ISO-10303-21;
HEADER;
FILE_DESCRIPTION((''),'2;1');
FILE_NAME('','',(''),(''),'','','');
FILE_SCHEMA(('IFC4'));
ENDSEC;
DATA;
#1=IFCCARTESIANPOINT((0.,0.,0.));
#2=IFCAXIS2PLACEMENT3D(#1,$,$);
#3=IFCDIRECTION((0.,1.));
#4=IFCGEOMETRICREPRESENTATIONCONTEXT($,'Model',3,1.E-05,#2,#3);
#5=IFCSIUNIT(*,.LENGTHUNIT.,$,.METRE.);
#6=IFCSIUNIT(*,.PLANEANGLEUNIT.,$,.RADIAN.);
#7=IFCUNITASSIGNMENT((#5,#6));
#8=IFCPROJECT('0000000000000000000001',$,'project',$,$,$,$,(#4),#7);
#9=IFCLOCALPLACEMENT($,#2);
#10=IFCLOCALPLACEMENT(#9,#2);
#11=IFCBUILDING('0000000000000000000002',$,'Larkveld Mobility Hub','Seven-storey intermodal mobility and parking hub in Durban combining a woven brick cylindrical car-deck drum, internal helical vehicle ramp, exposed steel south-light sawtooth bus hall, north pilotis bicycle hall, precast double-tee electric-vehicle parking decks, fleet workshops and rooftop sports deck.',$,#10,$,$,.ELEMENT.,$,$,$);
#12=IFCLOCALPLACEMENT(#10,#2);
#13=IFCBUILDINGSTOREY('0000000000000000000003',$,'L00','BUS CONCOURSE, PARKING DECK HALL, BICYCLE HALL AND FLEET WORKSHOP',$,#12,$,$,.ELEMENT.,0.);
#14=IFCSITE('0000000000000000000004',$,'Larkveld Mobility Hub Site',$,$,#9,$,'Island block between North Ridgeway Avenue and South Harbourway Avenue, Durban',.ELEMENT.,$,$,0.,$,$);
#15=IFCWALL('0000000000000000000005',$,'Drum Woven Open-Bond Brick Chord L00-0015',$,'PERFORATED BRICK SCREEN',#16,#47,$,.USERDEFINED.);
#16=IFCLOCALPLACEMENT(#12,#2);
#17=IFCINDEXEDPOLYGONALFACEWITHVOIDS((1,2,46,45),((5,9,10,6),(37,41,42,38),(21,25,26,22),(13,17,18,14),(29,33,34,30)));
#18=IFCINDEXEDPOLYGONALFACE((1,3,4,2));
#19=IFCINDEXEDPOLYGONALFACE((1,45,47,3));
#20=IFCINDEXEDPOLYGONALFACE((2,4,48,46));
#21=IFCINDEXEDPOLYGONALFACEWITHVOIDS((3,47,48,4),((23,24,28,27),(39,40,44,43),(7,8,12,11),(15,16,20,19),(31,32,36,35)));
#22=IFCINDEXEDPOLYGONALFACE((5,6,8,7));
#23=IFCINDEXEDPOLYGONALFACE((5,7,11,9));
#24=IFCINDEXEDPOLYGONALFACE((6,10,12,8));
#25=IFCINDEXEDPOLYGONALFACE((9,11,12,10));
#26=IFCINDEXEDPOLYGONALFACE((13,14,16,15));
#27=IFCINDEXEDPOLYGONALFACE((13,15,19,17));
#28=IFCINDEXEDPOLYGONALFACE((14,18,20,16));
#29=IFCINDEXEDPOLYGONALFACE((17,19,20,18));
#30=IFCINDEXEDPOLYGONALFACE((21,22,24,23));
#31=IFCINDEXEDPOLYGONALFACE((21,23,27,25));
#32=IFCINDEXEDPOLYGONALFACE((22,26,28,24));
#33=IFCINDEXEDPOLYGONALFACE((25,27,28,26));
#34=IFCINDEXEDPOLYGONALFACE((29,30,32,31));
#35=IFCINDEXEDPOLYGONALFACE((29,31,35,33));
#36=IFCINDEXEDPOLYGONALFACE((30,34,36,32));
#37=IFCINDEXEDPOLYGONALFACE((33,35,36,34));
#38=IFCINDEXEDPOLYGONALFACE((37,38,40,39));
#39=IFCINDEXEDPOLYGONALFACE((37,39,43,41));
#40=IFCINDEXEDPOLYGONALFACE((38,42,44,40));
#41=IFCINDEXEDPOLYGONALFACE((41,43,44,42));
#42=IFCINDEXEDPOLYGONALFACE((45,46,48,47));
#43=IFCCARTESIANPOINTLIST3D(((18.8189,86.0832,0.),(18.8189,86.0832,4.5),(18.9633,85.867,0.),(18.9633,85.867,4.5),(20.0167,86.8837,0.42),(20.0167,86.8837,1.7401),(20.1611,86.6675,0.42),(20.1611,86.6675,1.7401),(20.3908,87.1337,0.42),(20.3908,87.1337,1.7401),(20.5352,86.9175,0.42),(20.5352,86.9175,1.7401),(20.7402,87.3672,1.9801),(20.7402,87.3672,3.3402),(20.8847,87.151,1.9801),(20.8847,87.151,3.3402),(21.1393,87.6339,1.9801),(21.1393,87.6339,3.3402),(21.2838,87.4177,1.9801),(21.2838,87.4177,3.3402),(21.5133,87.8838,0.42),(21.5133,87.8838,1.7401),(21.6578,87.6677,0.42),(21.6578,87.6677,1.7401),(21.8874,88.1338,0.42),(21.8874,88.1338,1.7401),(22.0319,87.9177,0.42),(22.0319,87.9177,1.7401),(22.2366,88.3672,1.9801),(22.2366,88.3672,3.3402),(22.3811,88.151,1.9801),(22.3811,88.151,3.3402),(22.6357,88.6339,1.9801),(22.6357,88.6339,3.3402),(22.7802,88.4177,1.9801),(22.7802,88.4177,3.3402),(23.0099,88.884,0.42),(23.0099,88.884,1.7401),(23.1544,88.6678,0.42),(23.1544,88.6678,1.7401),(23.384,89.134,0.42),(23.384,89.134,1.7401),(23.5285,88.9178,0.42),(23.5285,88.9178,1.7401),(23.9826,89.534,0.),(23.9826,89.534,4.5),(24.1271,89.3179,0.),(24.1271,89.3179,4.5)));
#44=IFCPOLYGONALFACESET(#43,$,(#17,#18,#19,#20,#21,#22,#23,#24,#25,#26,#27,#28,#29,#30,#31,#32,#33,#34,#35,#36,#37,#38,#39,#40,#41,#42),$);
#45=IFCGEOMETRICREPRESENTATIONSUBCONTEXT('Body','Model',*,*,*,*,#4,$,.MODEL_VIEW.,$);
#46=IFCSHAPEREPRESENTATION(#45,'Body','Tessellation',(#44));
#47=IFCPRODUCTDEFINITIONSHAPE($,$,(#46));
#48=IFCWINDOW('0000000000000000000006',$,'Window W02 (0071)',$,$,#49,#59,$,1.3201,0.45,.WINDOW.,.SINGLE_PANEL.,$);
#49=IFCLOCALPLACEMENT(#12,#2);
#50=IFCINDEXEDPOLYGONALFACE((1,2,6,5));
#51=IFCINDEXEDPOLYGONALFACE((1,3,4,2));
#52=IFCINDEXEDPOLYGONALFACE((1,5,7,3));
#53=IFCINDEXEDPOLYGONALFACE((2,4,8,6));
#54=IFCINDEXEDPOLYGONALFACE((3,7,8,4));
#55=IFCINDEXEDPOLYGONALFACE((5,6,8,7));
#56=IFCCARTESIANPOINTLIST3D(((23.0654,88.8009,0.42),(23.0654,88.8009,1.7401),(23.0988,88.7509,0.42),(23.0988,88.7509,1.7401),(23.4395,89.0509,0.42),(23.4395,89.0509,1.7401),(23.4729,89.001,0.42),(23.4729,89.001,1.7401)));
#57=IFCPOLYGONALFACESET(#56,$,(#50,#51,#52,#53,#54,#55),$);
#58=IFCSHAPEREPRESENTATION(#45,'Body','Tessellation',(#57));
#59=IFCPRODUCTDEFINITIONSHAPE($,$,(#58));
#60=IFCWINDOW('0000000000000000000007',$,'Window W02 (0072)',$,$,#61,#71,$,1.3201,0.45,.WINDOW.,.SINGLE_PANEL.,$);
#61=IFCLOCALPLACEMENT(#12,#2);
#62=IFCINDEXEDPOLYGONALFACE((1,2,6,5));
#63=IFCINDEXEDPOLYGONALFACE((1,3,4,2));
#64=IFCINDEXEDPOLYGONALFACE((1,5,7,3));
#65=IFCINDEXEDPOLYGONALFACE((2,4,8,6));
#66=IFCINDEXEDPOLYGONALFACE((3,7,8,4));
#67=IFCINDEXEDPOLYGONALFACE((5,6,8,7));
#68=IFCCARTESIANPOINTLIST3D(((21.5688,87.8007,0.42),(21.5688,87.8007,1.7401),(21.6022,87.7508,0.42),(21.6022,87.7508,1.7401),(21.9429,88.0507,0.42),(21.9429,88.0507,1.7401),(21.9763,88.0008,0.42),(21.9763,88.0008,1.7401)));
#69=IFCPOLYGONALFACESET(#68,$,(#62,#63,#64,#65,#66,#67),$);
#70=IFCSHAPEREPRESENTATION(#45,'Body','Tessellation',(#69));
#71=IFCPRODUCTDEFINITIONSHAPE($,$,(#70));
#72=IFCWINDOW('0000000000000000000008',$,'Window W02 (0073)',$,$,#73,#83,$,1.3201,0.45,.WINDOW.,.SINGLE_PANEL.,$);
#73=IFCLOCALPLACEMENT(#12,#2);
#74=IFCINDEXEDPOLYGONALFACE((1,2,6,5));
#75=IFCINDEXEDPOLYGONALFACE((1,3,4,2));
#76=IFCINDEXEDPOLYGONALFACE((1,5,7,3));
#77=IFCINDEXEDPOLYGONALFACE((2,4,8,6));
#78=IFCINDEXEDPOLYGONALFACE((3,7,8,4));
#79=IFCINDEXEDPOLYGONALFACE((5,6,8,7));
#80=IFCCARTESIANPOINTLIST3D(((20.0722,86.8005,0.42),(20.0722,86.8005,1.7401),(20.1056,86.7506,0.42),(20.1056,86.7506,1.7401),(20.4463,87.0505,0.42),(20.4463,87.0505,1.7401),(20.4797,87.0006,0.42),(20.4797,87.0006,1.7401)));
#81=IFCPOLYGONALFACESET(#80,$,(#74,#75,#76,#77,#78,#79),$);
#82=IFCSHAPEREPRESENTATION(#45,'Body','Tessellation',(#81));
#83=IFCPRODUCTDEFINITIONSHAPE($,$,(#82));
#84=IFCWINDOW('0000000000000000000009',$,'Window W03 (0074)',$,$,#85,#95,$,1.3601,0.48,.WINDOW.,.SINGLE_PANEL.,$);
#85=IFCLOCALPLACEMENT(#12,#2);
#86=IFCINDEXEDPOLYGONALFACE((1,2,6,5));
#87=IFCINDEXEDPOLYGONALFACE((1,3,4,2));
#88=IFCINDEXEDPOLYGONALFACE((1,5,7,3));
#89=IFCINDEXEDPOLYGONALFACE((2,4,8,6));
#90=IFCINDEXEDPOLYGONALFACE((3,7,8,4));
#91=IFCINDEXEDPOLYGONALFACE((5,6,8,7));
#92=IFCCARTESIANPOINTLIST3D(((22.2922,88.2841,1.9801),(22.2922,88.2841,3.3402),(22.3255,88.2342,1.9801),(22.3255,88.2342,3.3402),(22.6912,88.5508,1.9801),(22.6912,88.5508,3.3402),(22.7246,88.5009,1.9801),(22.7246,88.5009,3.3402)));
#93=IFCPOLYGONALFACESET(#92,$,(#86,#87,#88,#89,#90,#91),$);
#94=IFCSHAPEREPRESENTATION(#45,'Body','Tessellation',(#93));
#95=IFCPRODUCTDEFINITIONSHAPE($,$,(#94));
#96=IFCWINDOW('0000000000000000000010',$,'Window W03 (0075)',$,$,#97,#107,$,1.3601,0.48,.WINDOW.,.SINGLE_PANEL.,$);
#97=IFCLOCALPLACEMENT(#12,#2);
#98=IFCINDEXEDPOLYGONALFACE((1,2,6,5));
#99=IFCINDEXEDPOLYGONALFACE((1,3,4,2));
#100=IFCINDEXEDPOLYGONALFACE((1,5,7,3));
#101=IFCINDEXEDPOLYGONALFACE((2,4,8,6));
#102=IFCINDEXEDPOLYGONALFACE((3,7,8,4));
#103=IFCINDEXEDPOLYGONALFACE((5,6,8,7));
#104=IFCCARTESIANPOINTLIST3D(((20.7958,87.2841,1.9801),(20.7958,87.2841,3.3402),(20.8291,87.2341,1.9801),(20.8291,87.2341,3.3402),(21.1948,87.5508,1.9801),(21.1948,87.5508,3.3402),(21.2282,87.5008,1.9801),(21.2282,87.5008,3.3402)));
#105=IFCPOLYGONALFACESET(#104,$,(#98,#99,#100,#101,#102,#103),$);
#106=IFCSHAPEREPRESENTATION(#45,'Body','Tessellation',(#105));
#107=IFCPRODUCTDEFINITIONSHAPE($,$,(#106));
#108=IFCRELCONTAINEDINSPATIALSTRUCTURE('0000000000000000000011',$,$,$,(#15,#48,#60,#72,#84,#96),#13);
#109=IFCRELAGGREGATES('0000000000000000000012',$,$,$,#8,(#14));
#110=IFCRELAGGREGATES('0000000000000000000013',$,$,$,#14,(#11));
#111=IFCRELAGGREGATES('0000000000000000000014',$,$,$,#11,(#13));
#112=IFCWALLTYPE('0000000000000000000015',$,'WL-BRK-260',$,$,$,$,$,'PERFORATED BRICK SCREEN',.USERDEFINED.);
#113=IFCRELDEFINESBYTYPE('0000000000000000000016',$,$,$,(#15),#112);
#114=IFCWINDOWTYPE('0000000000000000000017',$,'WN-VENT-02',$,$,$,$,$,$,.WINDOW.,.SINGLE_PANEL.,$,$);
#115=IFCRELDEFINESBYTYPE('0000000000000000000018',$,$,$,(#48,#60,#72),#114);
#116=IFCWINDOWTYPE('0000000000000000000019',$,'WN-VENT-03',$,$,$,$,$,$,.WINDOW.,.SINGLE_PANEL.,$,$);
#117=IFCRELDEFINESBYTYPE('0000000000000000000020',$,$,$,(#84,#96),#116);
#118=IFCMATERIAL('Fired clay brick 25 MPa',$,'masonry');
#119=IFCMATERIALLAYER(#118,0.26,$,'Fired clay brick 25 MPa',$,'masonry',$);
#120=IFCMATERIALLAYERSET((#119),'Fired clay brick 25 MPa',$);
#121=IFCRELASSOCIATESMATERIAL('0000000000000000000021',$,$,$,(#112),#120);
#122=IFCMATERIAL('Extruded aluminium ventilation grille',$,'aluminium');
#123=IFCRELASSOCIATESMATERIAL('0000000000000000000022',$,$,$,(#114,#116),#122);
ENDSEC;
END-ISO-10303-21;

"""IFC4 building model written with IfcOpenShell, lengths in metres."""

from ifc_helpers import new_model, si_unit, direction, frame, frame_2d, origin, place, context, subcontext, project, spatial, rectangle, extrude, material, layer, layer_set, type_object, element, fill, save


model = new_model("IFC4")

# Units and contexts
model_context = context("Model", 3, precision=1e-05, world=origin(), true_north=direction((0.0, 1.0)))
body_context = subcontext(model_context, "Body", "Model", "MODEL_VIEW")
ifc_project = project(units=[si_unit("LENGTHUNIT", "METRE"), si_unit("PLANEANGLEUNIT", "RADIAN")], contexts=[model_context])

# Site, building, storey
site_placement = place(None, origin())
site = spatial("IfcSite", under=ifc_project, at=site_placement, Name="Larkveld Mobility Hub Site", LongName="Island block between North Ridgeway Avenue and South Harbourway Avenue, Durban", CompositionType="ELEMENT", RefElevation=0.0)
building_placement = place(site_placement, origin())
building = spatial("IfcBuilding", under=site, at=building_placement, Name="Larkveld Mobility Hub", Description="Seven-storey intermodal mobility and parking hub in Durban combining a woven brick cylindrical car-deck drum, internal helical vehicle ramp, exposed steel south-light sawtooth bus hall, north pilotis bicycle hall, precast double-tee electric-vehicle parking decks, fleet workshops and rooftop sports deck.", CompositionType="ELEMENT")
storey_placement = place(building_placement, origin())
storey = spatial("IfcBuildingStorey", under=building, at=storey_placement, Name="L00", Description="BUS CONCOURSE, PARKING DECK HALL, BICYCLE HALL AND FLEET WORKSHOP", CompositionType="ELEMENT", Elevation=0.0)

# Wall, openings, windows
ifc_material_1 = material(Name="Fired clay brick 25 MPa", Category="masonry")
ifc_layer_1 = layer(ifc_material_1, 0.26, Name="Fired clay brick 25 MPa", Category="masonry")
ifc_layer_set_1 = layer_set([ifc_layer_1], Name="Fired clay brick 25 MPa")
wall_type_1 = type_object("IfcWallType", Name="WL-BRK-260", ElementType="PERFORATED BRICK SCREEN", PredefinedType="USERDEFINED", material=ifc_layer_set_1)
wall_1_placement = place(storey_placement, frame((24.0549, 89.426, 0.0), z_axis=(0.0, 0.0, 1.0), x_axis=(-0.831427, -0.555634, 0.0)))
wall_1 = element("IfcWall", 1, at=wall_1_placement, inside=storey, type_object=wall_type_1, Name="Drum Woven Open-Bond Brick Chord L00-0015", ObjectType="PERFORATED BRICK SCREEN", PredefinedType="USERDEFINED", context=body_context, shape_type="SweptSolid", body=[
    extrude(rectangle(XDim=6.2107, YDim=0.26, at=frame_2d((3.1055, 0.0))), origin(), (0.0, 0.0, 1.0), 4.5),
])
opening_1_placement = place(wall_1_placement, frame((0.72, 0.0, 0.4199)))
opening_1 = element("IfcOpeningElement", 2, at=opening_1_placement, cuts=wall_1, PredefinedType="OPENING", context=body_context, shape_type="SweptSolid", body=[
    extrude(rectangle(XDim=0.45, YDim=1.3201, at=frame_2d((0.2251, 0.6602))), frame((0.0, 0.1401, 0.0), z_axis=(0.0, -1.0, 0.0), x_axis=(1.0, 0.0, 0.0)), (0.0, 0.0, 1.0), 0.28),
])
opening_2_placement = place(wall_1_placement, frame((2.52, 0.0, 0.4199)))
opening_2 = element("IfcOpeningElement", 3, at=opening_2_placement, cuts=wall_1, PredefinedType="OPENING", context=body_context, shape_type="SweptSolid", body=[
    extrude(rectangle(XDim=0.45, YDim=1.3201, at=frame_2d((0.2251, 0.6602))), frame((0.0, 0.1401, 0.0), z_axis=(0.0, -1.0, 0.0), x_axis=(1.0, 0.0, 0.0)), (0.0, 0.0, 1.0), 0.28),
])
opening_3_placement = place(wall_1_placement, frame((4.3201, 0.0, 0.4199)))
opening_3 = element("IfcOpeningElement", 4, at=opening_3_placement, cuts=wall_1, PredefinedType="OPENING", context=body_context, shape_type="SweptSolid", body=[
    extrude(rectangle(XDim=0.45, YDim=1.3201, at=frame_2d((0.2251, 0.6602))), frame((0.0, 0.1401, 0.0), z_axis=(0.0, -1.0, 0.0), x_axis=(1.0, 0.0, 0.0)), (0.0, 0.0, 1.0), 0.28),
])
opening_4_placement = place(wall_1_placement, frame((1.6201, 0.0, 1.98)))
opening_4 = element("IfcOpeningElement", 5, at=opening_4_placement, cuts=wall_1, PredefinedType="OPENING", context=body_context, shape_type="SweptSolid", body=[
    extrude(rectangle(XDim=0.48, YDim=1.3601, at=frame_2d((0.24, 0.6802))), frame((0.0, 0.1401, 0.0), z_axis=(0.0, -1.0, 0.0), x_axis=(1.0, 0.0, 0.0)), (0.0, 0.0, 1.0), 0.28),
])
opening_5_placement = place(wall_1_placement, frame((3.4199, 0.0, 1.98)))
opening_5 = element("IfcOpeningElement", 6, at=opening_5_placement, cuts=wall_1, PredefinedType="OPENING", context=body_context, shape_type="SweptSolid", body=[
    extrude(rectangle(XDim=0.48, YDim=1.3601, at=frame_2d((0.24, 0.6802))), frame((0.0, 0.1401, 0.0), z_axis=(0.0, -1.0, 0.0), x_axis=(1.0, 0.0, 0.0)), (0.0, 0.0, 1.0), 0.28),
])
ifc_material_2 = material(Name="Extruded aluminium ventilation grille", Category="aluminium")
window_type_1 = type_object("IfcWindowType", Name="WN-VENT-02", PartitioningType="SINGLE_PANEL", PredefinedType="WINDOW", material=ifc_material_2)
window_1_placement = place(opening_1_placement, origin())
window_1 = element("IfcWindow", 7, at=window_1_placement, inside=storey, type_object=window_type_1, Name="Window W02 (0071)", OverallHeight=1.3201, OverallWidth=0.45, PartitioningType="SINGLE_PANEL", PredefinedType="WINDOW", context=body_context, shape_type="SweptSolid", body=[
    extrude(rectangle(XDim=0.45, YDim=1.3201, at=frame_2d((0.2251, 0.6602))), frame((0.0, 0.03, 0.0), z_axis=(0.0, -1.0, 0.0), x_axis=(1.0, 0.0, 0.0)), (0.0, 0.0, 1.0), 0.0601),
])
fill(opening_1, window_1)
window_2_placement = place(opening_2_placement, origin())
window_2 = element("IfcWindow", 8, at=window_2_placement, inside=storey, type_object=window_type_1, Name="Window W02 (0072)", OverallHeight=1.3201, OverallWidth=0.45, PartitioningType="SINGLE_PANEL", PredefinedType="WINDOW", context=body_context, shape_type="SweptSolid", body=[
    extrude(rectangle(XDim=0.45, YDim=1.3201, at=frame_2d((0.2251, 0.6602))), frame((0.0, 0.03, 0.0), z_axis=(0.0, -1.0, 0.0), x_axis=(1.0, 0.0, 0.0)), (0.0, 0.0, 1.0), 0.0601),
])
fill(opening_2, window_2)
window_3_placement = place(opening_3_placement, origin())
window_3 = element("IfcWindow", 9, at=window_3_placement, inside=storey, type_object=window_type_1, Name="Window W02 (0073)", OverallHeight=1.3201, OverallWidth=0.45, PartitioningType="SINGLE_PANEL", PredefinedType="WINDOW", context=body_context, shape_type="SweptSolid", body=[
    extrude(rectangle(XDim=0.45, YDim=1.3201, at=frame_2d((0.2251, 0.6602))), frame((0.0, 0.03, 0.0), z_axis=(0.0, -1.0, 0.0), x_axis=(1.0, 0.0, 0.0)), (0.0, 0.0, 1.0), 0.0601),
])
fill(opening_3, window_3)
window_type_2 = type_object("IfcWindowType", Name="WN-VENT-03", PartitioningType="SINGLE_PANEL", PredefinedType="WINDOW", material=ifc_material_2)
window_4_placement = place(opening_4_placement, origin())
window_4 = element("IfcWindow", 10, at=window_4_placement, inside=storey, type_object=window_type_2, Name="Window W03 (0074)", OverallHeight=1.3601, OverallWidth=0.48, PartitioningType="SINGLE_PANEL", PredefinedType="WINDOW", context=body_context, shape_type="SweptSolid", body=[
    extrude(rectangle(XDim=0.48, YDim=1.3601, at=frame_2d((0.24, 0.6802))), frame((0.0, 0.03, 0.0), z_axis=(0.0, -1.0, 0.0), x_axis=(1.0, 0.0, 0.0)), (0.0, 0.0, 1.0), 0.0601),
])
fill(opening_4, window_4)
window_5_placement = place(opening_5_placement, origin())
window_5 = element("IfcWindow", 11, at=window_5_placement, inside=storey, type_object=window_type_2, Name="Window W03 (0075)", OverallHeight=1.3601, OverallWidth=0.48, PartitioningType="SINGLE_PANEL", PredefinedType="WINDOW", context=body_context, shape_type="SweptSolid", body=[
    extrude(rectangle(XDim=0.48, YDim=1.3601, at=frame_2d((0.24, 0.6802))), frame((0.0, 0.03, 0.0), z_axis=(0.0, -1.0, 0.0), x_axis=(1.0, 0.0, 0.0)), (0.0, 0.0, 1.0), 0.0601),
])
fill(opening_5, window_5)

save(model, "model.ifc")
